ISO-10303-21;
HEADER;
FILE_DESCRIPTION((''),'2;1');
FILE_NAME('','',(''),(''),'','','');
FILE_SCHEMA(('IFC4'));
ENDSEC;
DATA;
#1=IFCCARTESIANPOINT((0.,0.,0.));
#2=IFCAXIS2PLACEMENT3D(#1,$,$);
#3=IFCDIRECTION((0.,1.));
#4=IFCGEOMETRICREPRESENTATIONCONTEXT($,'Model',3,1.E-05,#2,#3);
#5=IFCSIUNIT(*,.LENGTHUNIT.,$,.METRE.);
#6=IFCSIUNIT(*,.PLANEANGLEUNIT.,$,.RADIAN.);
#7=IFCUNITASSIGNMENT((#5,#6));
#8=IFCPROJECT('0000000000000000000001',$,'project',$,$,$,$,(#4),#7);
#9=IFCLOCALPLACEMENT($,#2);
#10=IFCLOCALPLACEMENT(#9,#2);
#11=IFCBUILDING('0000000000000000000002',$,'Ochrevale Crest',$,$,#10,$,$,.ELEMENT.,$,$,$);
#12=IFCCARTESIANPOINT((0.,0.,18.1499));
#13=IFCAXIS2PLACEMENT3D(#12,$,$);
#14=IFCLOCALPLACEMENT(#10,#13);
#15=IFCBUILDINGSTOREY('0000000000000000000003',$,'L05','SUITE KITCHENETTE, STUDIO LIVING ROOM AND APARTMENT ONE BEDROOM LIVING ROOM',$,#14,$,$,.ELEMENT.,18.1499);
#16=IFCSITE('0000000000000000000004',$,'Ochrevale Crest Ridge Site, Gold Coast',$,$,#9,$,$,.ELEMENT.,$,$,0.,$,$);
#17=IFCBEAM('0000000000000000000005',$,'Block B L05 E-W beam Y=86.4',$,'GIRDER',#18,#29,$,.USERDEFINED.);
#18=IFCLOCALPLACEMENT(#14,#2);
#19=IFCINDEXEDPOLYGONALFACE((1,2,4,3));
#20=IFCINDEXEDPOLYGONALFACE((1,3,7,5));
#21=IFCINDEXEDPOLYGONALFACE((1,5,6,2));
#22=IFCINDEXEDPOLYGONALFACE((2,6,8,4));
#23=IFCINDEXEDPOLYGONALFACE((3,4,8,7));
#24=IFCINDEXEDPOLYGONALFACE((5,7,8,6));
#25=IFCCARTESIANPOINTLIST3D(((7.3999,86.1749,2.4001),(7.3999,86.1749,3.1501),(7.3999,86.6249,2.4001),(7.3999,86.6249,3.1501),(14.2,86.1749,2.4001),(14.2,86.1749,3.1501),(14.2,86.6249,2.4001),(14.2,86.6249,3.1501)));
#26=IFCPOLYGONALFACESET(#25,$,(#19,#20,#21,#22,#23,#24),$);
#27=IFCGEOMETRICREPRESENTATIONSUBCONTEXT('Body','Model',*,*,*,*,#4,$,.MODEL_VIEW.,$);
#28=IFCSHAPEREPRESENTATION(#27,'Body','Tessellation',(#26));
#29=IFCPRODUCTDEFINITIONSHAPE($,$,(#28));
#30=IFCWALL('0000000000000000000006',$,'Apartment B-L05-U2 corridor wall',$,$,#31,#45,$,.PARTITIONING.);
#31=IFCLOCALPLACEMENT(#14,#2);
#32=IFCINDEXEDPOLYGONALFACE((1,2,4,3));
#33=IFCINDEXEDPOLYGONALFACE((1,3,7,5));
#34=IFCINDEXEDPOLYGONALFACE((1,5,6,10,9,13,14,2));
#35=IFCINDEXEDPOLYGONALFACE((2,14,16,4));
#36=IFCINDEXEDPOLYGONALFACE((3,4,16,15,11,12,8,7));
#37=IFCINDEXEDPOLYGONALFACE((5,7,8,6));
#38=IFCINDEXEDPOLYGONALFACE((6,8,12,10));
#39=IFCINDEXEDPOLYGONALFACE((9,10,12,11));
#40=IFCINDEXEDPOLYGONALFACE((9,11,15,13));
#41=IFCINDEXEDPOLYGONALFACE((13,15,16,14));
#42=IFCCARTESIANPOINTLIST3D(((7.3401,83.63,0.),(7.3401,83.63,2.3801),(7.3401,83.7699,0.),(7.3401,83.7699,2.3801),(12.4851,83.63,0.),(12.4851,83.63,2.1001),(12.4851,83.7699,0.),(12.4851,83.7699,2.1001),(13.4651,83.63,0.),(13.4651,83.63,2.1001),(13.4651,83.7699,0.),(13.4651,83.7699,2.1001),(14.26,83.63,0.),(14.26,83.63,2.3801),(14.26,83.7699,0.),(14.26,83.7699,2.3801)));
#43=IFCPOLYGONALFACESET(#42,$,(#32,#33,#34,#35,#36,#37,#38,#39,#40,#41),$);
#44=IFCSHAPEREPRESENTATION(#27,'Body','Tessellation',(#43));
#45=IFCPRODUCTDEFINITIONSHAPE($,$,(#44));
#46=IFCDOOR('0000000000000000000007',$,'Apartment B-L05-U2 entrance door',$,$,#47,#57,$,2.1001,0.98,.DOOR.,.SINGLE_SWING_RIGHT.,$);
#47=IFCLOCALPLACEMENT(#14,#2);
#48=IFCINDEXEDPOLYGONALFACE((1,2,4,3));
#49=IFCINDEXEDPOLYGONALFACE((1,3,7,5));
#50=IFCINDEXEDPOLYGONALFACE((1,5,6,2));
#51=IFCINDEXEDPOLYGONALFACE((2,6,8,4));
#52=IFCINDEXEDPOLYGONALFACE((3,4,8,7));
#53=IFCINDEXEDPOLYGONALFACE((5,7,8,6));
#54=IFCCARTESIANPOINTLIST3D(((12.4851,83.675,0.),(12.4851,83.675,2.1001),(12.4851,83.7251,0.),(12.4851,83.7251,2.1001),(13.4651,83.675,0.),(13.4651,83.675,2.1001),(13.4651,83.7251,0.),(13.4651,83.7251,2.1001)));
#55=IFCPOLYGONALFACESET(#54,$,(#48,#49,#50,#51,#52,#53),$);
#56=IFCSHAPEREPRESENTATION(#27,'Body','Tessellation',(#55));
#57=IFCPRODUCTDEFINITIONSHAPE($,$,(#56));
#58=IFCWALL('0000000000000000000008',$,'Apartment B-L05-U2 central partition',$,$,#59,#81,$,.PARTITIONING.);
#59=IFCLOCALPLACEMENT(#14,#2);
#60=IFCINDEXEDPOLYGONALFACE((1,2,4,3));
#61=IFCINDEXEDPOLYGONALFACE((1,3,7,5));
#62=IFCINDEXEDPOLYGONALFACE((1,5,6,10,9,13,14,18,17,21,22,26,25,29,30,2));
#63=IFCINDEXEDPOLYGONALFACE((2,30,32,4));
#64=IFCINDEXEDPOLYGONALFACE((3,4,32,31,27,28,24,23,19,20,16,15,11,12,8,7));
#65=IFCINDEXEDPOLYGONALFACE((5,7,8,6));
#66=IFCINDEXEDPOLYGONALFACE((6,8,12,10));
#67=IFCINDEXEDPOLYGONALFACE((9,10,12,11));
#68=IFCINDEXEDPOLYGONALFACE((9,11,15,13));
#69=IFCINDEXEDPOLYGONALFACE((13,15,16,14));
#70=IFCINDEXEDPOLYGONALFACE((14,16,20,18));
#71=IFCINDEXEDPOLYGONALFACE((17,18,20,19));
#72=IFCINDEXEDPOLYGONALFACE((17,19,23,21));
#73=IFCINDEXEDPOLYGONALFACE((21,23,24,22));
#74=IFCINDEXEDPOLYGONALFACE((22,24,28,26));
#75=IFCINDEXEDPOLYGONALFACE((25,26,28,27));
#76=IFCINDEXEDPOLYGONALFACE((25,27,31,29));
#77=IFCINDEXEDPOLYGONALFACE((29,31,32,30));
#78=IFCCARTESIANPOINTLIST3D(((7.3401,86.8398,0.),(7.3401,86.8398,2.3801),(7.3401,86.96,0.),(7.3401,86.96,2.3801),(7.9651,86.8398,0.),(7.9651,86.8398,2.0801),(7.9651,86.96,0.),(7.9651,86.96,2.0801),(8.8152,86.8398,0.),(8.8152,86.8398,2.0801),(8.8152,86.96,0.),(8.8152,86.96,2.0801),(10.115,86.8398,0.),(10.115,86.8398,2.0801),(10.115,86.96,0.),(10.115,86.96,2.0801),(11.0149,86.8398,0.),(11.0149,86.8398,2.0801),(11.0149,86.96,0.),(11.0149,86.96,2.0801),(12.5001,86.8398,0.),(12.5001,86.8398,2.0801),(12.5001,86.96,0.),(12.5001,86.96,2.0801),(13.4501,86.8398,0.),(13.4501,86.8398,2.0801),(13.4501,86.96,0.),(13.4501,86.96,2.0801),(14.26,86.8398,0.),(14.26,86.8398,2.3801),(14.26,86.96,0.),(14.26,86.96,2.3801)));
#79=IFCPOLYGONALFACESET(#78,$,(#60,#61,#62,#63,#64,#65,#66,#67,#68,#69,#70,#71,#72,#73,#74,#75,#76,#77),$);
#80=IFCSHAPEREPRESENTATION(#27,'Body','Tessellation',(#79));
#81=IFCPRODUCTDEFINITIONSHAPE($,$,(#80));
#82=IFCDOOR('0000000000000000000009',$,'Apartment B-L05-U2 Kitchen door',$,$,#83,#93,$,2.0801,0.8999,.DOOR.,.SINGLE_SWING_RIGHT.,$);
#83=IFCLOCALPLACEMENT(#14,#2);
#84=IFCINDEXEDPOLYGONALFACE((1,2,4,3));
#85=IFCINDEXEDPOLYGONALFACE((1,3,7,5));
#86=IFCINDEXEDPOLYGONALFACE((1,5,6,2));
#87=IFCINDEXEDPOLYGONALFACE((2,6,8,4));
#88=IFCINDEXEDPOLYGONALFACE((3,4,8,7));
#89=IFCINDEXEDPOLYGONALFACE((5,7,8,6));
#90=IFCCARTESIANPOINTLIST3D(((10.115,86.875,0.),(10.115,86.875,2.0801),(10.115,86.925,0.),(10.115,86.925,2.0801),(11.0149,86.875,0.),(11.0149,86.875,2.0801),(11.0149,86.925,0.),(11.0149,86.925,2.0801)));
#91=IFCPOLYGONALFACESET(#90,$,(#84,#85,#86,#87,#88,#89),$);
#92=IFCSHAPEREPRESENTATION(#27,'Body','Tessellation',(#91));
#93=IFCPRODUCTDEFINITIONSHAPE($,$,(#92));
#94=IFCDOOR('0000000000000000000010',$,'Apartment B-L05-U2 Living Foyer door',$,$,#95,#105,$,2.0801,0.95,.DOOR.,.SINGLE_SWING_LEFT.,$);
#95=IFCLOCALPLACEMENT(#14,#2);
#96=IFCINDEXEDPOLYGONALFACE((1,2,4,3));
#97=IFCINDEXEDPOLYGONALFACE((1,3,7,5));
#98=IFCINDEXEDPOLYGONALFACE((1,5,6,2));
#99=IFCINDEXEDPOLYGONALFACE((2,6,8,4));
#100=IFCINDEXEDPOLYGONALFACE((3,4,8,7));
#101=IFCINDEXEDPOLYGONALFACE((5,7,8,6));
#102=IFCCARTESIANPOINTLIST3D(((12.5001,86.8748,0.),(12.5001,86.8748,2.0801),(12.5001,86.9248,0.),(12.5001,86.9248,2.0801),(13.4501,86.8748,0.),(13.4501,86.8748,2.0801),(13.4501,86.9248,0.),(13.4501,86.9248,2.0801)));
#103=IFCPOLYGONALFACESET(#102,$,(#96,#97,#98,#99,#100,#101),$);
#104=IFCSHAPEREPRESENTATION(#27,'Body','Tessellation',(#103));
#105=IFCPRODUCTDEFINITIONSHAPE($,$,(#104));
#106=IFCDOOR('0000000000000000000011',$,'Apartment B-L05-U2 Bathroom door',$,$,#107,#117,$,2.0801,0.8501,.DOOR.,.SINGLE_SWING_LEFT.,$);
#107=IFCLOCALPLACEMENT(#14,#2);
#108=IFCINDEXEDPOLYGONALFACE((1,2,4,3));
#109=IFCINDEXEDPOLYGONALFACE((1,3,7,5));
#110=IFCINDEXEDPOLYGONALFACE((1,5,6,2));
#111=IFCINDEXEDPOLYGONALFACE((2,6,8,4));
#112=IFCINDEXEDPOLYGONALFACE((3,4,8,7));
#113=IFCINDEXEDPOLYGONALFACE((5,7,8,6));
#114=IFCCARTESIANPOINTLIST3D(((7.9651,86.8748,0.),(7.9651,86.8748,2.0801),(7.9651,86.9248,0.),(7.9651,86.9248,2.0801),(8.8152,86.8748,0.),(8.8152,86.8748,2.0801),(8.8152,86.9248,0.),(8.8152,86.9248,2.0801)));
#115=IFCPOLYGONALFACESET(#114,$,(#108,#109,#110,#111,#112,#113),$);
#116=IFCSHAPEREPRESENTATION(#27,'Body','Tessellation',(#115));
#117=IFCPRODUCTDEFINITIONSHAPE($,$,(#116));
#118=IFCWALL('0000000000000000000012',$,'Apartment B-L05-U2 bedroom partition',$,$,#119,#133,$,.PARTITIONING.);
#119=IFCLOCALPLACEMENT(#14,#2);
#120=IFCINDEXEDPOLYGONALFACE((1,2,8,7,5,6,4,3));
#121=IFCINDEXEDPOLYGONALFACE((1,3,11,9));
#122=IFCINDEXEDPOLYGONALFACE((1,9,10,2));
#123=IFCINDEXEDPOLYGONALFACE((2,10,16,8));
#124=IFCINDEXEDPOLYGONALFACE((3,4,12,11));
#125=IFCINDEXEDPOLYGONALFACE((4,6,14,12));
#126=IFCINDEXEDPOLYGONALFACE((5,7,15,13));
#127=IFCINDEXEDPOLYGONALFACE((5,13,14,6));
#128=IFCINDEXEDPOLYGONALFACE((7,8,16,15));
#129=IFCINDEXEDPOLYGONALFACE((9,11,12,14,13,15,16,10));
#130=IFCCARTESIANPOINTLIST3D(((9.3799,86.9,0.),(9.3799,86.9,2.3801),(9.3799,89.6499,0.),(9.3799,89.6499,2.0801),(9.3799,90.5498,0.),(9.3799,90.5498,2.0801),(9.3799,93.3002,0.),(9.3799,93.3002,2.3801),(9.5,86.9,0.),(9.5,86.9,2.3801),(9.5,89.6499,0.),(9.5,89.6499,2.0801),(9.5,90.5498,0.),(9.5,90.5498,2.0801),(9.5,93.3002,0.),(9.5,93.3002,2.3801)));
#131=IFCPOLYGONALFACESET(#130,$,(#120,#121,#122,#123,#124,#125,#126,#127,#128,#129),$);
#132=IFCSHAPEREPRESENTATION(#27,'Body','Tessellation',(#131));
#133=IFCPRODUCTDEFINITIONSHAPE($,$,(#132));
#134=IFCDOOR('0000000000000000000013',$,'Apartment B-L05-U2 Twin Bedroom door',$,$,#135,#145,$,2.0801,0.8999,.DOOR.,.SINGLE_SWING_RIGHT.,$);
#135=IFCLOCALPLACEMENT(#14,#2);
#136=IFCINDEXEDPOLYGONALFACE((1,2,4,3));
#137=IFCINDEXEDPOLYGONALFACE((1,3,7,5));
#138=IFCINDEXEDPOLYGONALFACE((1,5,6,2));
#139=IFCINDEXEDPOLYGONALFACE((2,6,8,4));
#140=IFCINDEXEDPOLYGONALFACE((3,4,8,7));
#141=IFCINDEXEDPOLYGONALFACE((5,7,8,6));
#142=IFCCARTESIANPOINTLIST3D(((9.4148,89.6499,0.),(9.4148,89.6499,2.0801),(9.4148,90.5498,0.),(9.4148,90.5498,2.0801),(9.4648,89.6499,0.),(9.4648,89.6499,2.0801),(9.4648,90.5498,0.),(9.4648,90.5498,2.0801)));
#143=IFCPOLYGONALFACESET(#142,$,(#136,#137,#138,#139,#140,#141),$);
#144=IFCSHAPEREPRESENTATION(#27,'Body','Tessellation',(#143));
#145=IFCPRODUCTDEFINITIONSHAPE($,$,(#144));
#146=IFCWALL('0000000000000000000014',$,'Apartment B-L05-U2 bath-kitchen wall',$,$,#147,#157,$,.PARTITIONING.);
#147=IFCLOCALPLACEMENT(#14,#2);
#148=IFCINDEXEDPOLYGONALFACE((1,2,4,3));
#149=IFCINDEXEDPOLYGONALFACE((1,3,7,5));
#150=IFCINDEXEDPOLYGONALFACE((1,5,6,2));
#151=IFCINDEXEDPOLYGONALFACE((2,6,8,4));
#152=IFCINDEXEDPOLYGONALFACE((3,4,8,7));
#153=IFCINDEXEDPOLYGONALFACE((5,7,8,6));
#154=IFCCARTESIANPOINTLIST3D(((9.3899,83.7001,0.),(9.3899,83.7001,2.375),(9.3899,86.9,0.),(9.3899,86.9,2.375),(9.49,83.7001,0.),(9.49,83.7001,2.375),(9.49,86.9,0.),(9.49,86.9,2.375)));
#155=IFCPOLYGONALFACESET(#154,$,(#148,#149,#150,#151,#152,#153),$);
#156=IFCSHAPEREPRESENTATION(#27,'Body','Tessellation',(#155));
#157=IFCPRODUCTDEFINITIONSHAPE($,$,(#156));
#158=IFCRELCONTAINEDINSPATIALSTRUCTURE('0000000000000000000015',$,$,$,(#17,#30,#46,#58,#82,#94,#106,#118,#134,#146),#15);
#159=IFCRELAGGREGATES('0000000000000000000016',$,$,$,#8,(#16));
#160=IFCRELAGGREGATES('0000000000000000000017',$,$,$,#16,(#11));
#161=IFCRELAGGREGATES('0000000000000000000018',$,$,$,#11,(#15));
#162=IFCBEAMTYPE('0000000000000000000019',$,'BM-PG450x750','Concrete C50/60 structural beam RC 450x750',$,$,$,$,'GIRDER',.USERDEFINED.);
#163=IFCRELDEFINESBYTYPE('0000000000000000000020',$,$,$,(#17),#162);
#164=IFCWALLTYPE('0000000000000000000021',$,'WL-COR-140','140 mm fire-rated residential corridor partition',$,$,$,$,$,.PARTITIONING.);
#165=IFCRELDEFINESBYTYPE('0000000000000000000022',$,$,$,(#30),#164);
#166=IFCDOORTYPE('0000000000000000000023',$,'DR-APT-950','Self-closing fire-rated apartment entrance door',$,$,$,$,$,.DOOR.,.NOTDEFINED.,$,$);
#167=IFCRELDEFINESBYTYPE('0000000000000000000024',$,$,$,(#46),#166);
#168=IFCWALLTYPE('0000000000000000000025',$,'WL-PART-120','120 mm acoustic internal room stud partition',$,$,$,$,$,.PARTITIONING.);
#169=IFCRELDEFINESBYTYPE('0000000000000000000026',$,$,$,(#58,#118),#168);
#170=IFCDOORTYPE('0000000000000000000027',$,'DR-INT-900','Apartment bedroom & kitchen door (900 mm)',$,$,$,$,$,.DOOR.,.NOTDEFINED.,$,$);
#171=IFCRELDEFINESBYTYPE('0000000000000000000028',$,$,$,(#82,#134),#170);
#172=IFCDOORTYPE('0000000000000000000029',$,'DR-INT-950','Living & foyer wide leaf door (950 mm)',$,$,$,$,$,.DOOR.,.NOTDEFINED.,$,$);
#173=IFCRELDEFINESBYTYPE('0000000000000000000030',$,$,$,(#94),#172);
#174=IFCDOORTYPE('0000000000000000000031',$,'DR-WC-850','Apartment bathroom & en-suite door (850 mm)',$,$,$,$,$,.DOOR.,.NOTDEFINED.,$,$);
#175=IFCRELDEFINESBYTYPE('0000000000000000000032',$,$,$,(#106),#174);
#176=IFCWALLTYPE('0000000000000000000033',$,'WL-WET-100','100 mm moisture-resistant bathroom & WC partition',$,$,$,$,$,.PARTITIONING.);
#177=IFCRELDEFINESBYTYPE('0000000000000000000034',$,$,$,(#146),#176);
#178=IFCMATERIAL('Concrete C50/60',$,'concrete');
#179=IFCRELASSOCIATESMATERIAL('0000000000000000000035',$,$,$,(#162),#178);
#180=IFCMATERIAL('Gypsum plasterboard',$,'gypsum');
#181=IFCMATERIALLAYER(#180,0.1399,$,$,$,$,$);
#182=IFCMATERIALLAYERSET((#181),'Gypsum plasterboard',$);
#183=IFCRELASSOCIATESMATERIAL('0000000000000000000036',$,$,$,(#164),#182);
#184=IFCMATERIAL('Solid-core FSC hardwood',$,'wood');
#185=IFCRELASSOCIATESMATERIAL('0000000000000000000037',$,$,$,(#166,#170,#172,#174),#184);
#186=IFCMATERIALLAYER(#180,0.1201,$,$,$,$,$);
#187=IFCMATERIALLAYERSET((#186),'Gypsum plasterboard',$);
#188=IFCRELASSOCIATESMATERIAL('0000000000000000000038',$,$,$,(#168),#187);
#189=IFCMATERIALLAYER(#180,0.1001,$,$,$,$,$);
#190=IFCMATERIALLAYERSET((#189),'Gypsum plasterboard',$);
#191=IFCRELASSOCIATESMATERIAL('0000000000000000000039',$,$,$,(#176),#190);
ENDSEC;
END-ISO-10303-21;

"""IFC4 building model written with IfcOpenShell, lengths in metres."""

from ifc_helpers import new_model, si_unit, direction, frame, frame_2d, origin, origin_2d, place, context, subcontext, project, spatial, rectangle, extrude, material, layer, layer_set, material_profile, profile_set, type_object, element, fill, save


model = new_model("IFC4")

# Units and contexts
model_context = context("Model", 3, precision=1e-05, world=origin(), true_north=direction((0.0, 1.0)))
body_context = subcontext(model_context, "Body", "Model", "MODEL_VIEW")
ifc_project = project(units=[si_unit("LENGTHUNIT", "METRE"), si_unit("PLANEANGLEUNIT", "RADIAN")], contexts=[model_context])

# Site, building, storey
site_placement = place(None, origin())
site = spatial("IfcSite", under=ifc_project, at=site_placement, Name="Ochrevale Crest Ridge Site, Gold Coast", CompositionType="ELEMENT", RefElevation=0.0)
building_placement = place(site_placement, origin())
building = spatial("IfcBuilding", under=site, at=building_placement, Name="Ochrevale Crest", CompositionType="ELEMENT")
storey_placement = place(building_placement, frame((0.0, 0.0, 18.1499)))
storey = spatial("IfcBuildingStorey", under=building, at=storey_placement, Name="L05", Description="SUITE KITCHENETTE, STUDIO LIVING ROOM AND APARTMENT ONE BEDROOM LIVING ROOM", CompositionType="ELEMENT", Elevation=18.1499)

# Beam
ifc_material_1 = material(Name="Concrete C50/60", Category="concrete")
ifc_material_profile = material_profile(ifc_material_1, rectangle(XDim=0.45, YDim=0.75, at=origin_2d()), Name="RC 450x750")
ifc_profile_set = profile_set([ifc_material_profile], Name="Concrete C50/60")
beam_type = type_object("IfcBeamType", Name="BM-PG450x750", Description="Concrete C50/60 structural beam RC 450x750", ElementType="GIRDER", PredefinedType="USERDEFINED", material=ifc_profile_set)
beam_placement = place(storey_placement, frame((7.3999, 86.3999, 2.7751), z_axis=(1.0, 0.0, 0.0), x_axis=(0.0, 1.0, 0.0)))
element("IfcBeam", 1, at=beam_placement, inside=storey, type_object=beam_type, Name="Block B L05 E-W beam Y=86.4", ObjectType="GIRDER", PredefinedType="USERDEFINED", context=body_context, shape_type="SweptSolid", body=[
    extrude(rectangle(XDim=0.45, YDim=0.75, at=origin_2d()), origin(), (0.0, 0.0, 1.0), 6.8),
])

# Wall, opening, door
ifc_material_2 = material(Name="Gypsum plasterboard", Category="gypsum")
ifc_layer_1 = layer(ifc_material_2, 0.1399)
ifc_layer_set_1 = layer_set([ifc_layer_1], Name="Gypsum plasterboard")
wall_type_1 = type_object("IfcWallType", Name="WL-COR-140", Description="140 mm fire-rated residential corridor partition", PredefinedType="PARTITIONING", material=ifc_layer_set_1)
wall_1_placement = place(storey_placement, frame((7.3401, 83.7, 0.0), z_axis=(0.0, 0.0, 1.0), x_axis=(1.0, 0.0, 0.0)))
wall_1 = element("IfcWall", 2, at=wall_1_placement, inside=storey, type_object=wall_type_1, Name="Apartment B-L05-U2 corridor wall", PredefinedType="PARTITIONING", context=body_context, shape_type="SweptSolid", body=[
    extrude(rectangle(XDim=6.9199, YDim=0.1399, at=frame_2d((3.46, 0.0))), origin(), (0.0, 0.0, 1.0), 2.3801),
])
opening_1_placement = place(wall_1_placement, frame((6.125, 0.0, 0.0), z_axis=(0.0, 0.0, 1.0), x_axis=(-1.0, 0.0, 0.0)))
opening_1 = element("IfcOpeningElement", 3, at=opening_1_placement, cuts=wall_1, PredefinedType="OPENING", context=body_context, shape_type="SweptSolid", body=[
    extrude(rectangle(XDim=0.98, YDim=2.1001, at=frame_2d((0.49, 1.05))), frame((0.0, 0.0801, 0.0), z_axis=(0.0, -1.0, 0.0), x_axis=(1.0, 0.0, 0.0)), (0.0, 0.0, 1.0), 0.1599),
])
ifc_material_3 = material(Name="Solid-core FSC hardwood", Category="wood")
door_type_1 = type_object("IfcDoorType", Name="DR-APT-950", Description="Self-closing fire-rated apartment entrance door", OperationType="NOTDEFINED", PredefinedType="DOOR", material=ifc_material_3)
door_1_placement = place(opening_1_placement, origin())
door_1 = element("IfcDoor", 4, at=door_1_placement, inside=storey, type_object=door_type_1, Name="Apartment B-L05-U2 entrance door", OperationType="SINGLE_SWING_RIGHT", OverallHeight=2.1001, OverallWidth=0.98, PredefinedType="DOOR", context=body_context, shape_type="SweptSolid", body=[
    extrude(rectangle(XDim=0.98, YDim=2.1001, at=frame_2d((0.49, 1.05))), frame((0.0, 0.0249, 0.0), z_axis=(0.0, -1.0, 0.0), x_axis=(1.0, 0.0, 0.0)), (0.0, 0.0, 1.0), 0.05),
])
fill(opening_1, door_1)

# Wall, openings, doors
ifc_layer_2 = layer(ifc_material_2, 0.1201)
ifc_layer_set_2 = layer_set([ifc_layer_2], Name="Gypsum plasterboard")
wall_type_2 = type_object("IfcWallType", Name="WL-PART-120", Description="120 mm acoustic internal room stud partition", PredefinedType="PARTITIONING", material=ifc_layer_set_2)
wall_2_placement = place(storey_placement, frame((7.3401, 86.8999, 0.0), z_axis=(0.0, 0.0, 1.0), x_axis=(1.0, 0.0, 0.0)))
wall_2 = element("IfcWall", 5, at=wall_2_placement, inside=storey, type_object=wall_type_2, Name="Apartment B-L05-U2 central partition", PredefinedType="PARTITIONING", context=body_context, shape_type="SweptSolid", body=[
    extrude(rectangle(XDim=6.9199, YDim=0.1201, at=frame_2d((3.46, 0.0))), origin(), (0.0, 0.0, 1.0), 2.3801),
])
opening_2_placement = place(wall_2_placement, frame((0.625, 0.0, 0.0)))
opening_2 = element("IfcOpeningElement", 6, at=opening_2_placement, cuts=wall_2, PredefinedType="OPENING", context=body_context, shape_type="SweptSolid", body=[
    extrude(rectangle(XDim=0.8501, YDim=2.0801, at=frame_2d((0.425, 1.04))), frame((0.0, 0.0701, 0.0), z_axis=(0.0, -1.0, 0.0), x_axis=(1.0, 0.0, 0.0)), (0.0, 0.0, 1.0), 0.1401),
])
opening_3_placement = place(wall_2_placement, frame((3.6748, 0.0, 0.0), z_axis=(0.0, 0.0, 1.0), x_axis=(-1.0, 0.0, 0.0)))
opening_3 = element("IfcOpeningElement", 7, at=opening_3_placement, cuts=wall_2, PredefinedType="OPENING", context=body_context, shape_type="SweptSolid", body=[
    extrude(rectangle(XDim=0.8999, YDim=2.0801, at=frame_2d((0.45, 1.04))), frame((0.0, 0.0701, 0.0), z_axis=(0.0, -1.0, 0.0), x_axis=(1.0, 0.0, 0.0)), (0.0, 0.0, 1.0), 0.1401),
])
opening_4_placement = place(wall_2_placement, frame((5.1599, 0.0, 0.0)))
opening_4 = element("IfcOpeningElement", 8, at=opening_4_placement, cuts=wall_2, PredefinedType="OPENING", context=body_context, shape_type="SweptSolid", body=[
    extrude(rectangle(XDim=0.95, YDim=2.0801, at=frame_2d((0.4751, 1.04))), frame((0.0, 0.0701, 0.0), z_axis=(0.0, -1.0, 0.0), x_axis=(1.0, 0.0, 0.0)), (0.0, 0.0, 1.0), 0.1401),
])
door_type_2 = type_object("IfcDoorType", Name="DR-INT-900", Description="Apartment bedroom & kitchen door (900 mm)", OperationType="NOTDEFINED", PredefinedType="DOOR", material=ifc_material_3)
door_2_placement = place(opening_3_placement, origin())
door_2 = element("IfcDoor", 9, at=door_2_placement, inside=storey, type_object=door_type_2, Name="Apartment B-L05-U2 Kitchen door", OperationType="SINGLE_SWING_RIGHT", OverallHeight=2.0801, OverallWidth=0.8999, PredefinedType="DOOR", context=body_context, shape_type="SweptSolid", body=[
    extrude(rectangle(XDim=0.8999, YDim=2.0801, at=frame_2d((0.45, 1.04))), frame((0.0, 0.0249, 0.0), z_axis=(0.0, -1.0, 0.0), x_axis=(1.0, 0.0, 0.0)), (0.0, 0.0, 1.0), 0.05),
])
fill(opening_3, door_2)
door_type_3 = type_object("IfcDoorType", Name="DR-INT-950", Description="Living & foyer wide leaf door (950 mm)", OperationType="NOTDEFINED", PredefinedType="DOOR", material=ifc_material_3)
door_3_placement = place(opening_4_placement, origin())
door_3 = element("IfcDoor", 10, at=door_3_placement, inside=storey, type_object=door_type_3, Name="Apartment B-L05-U2 Living Foyer door", OperationType="SINGLE_SWING_LEFT", OverallHeight=2.0801, OverallWidth=0.95, PredefinedType="DOOR", context=body_context, shape_type="SweptSolid", body=[
    extrude(rectangle(XDim=0.95, YDim=2.0801, at=frame_2d((0.4751, 1.04))), frame((0.0, 0.0249, 0.0), z_axis=(0.0, -1.0, 0.0), x_axis=(1.0, 0.0, 0.0)), (0.0, 0.0, 1.0), 0.05),
])
fill(opening_4, door_3)
door_type_4 = type_object("IfcDoorType", Name="DR-WC-850", Description="Apartment bathroom & en-suite door (850 mm)", OperationType="NOTDEFINED", PredefinedType="DOOR", material=ifc_material_3)
door_4_placement = place(opening_2_placement, origin())
door_4 = element("IfcDoor", 11, at=door_4_placement, inside=storey, type_object=door_type_4, Name="Apartment B-L05-U2 Bathroom door", OperationType="SINGLE_SWING_LEFT", OverallHeight=2.0801, OverallWidth=0.8501, PredefinedType="DOOR", context=body_context, shape_type="SweptSolid", body=[
    extrude(rectangle(XDim=0.8501, YDim=2.0801, at=frame_2d((0.425, 1.04))), frame((0.0, 0.0249, 0.0), z_axis=(0.0, -1.0, 0.0), x_axis=(1.0, 0.0, 0.0)), (0.0, 0.0, 1.0), 0.05),
])
fill(opening_2, door_4)

# Wall, opening, door
wall_3_placement = place(storey_placement, frame((9.4399, 86.8999, 0.0), z_axis=(0.0, 0.0, 1.0), x_axis=(0.0, 1.0, 0.0)))
wall_3 = element("IfcWall", 12, at=wall_3_placement, inside=storey, type_object=wall_type_2, Name="Apartment B-L05-U2 bedroom partition", PredefinedType="PARTITIONING", context=body_context, shape_type="SweptSolid", body=[
    extrude(rectangle(XDim=6.4001, YDim=0.1201, at=frame_2d((3.2002, 0.0))), origin(), (0.0, 0.0, 1.0), 2.3801),
])
opening_5_placement = place(wall_3_placement, frame((3.6499, 0.0, 0.0), z_axis=(0.0, 0.0, 1.0), x_axis=(-1.0, 0.0, 0.0)))
opening_5 = element("IfcOpeningElement", 13, at=opening_5_placement, cuts=wall_3, PredefinedType="OPENING", context=body_context, shape_type="SweptSolid", body=[
    extrude(rectangle(XDim=0.8999, YDim=2.0801, at=frame_2d((0.45, 1.04))), frame((0.0, 0.0701, 0.0), z_axis=(0.0, -1.0, 0.0), x_axis=(1.0, 0.0, 0.0)), (0.0, 0.0, 1.0), 0.1401),
])
door_5_placement = place(opening_5_placement, origin())
door_5 = element("IfcDoor", 14, at=door_5_placement, inside=storey, type_object=door_type_2, Name="Apartment B-L05-U2 Twin Bedroom door", OperationType="SINGLE_SWING_RIGHT", OverallHeight=2.0801, OverallWidth=0.8999, PredefinedType="DOOR", context=body_context, shape_type="SweptSolid", body=[
    extrude(rectangle(XDim=0.8999, YDim=2.0801, at=frame_2d((0.45, 1.04))), frame((0.0, 0.0249, 0.0), z_axis=(0.0, -1.0, 0.0), x_axis=(1.0, 0.0, 0.0)), (0.0, 0.0, 1.0), 0.05),
])
fill(opening_5, door_5)

# Wall
ifc_layer_3 = layer(ifc_material_2, 0.1001)
ifc_layer_set_3 = layer_set([ifc_layer_3], Name="Gypsum plasterboard")
wall_type_3 = type_object("IfcWallType", Name="WL-WET-100", Description="100 mm moisture-resistant bathroom & WC partition", PredefinedType="PARTITIONING", material=ifc_layer_set_3)
wall_4_placement = place(storey_placement, frame((9.4399, 83.7, 0.0), z_axis=(0.0, 0.0, 1.0), x_axis=(0.0, 1.0, 0.0)))
element("IfcWall", 15, at=wall_4_placement, inside=storey, type_object=wall_type_3, Name="Apartment B-L05-U2 bath-kitchen wall", PredefinedType="PARTITIONING", context=body_context, shape_type="SweptSolid", body=[
    extrude(rectangle(XDim=3.2, YDim=0.1001, at=frame_2d((1.6001, 0.0))), origin(), (0.0, 0.0, 1.0), 2.375),
])

save(model, "model.ifc")
